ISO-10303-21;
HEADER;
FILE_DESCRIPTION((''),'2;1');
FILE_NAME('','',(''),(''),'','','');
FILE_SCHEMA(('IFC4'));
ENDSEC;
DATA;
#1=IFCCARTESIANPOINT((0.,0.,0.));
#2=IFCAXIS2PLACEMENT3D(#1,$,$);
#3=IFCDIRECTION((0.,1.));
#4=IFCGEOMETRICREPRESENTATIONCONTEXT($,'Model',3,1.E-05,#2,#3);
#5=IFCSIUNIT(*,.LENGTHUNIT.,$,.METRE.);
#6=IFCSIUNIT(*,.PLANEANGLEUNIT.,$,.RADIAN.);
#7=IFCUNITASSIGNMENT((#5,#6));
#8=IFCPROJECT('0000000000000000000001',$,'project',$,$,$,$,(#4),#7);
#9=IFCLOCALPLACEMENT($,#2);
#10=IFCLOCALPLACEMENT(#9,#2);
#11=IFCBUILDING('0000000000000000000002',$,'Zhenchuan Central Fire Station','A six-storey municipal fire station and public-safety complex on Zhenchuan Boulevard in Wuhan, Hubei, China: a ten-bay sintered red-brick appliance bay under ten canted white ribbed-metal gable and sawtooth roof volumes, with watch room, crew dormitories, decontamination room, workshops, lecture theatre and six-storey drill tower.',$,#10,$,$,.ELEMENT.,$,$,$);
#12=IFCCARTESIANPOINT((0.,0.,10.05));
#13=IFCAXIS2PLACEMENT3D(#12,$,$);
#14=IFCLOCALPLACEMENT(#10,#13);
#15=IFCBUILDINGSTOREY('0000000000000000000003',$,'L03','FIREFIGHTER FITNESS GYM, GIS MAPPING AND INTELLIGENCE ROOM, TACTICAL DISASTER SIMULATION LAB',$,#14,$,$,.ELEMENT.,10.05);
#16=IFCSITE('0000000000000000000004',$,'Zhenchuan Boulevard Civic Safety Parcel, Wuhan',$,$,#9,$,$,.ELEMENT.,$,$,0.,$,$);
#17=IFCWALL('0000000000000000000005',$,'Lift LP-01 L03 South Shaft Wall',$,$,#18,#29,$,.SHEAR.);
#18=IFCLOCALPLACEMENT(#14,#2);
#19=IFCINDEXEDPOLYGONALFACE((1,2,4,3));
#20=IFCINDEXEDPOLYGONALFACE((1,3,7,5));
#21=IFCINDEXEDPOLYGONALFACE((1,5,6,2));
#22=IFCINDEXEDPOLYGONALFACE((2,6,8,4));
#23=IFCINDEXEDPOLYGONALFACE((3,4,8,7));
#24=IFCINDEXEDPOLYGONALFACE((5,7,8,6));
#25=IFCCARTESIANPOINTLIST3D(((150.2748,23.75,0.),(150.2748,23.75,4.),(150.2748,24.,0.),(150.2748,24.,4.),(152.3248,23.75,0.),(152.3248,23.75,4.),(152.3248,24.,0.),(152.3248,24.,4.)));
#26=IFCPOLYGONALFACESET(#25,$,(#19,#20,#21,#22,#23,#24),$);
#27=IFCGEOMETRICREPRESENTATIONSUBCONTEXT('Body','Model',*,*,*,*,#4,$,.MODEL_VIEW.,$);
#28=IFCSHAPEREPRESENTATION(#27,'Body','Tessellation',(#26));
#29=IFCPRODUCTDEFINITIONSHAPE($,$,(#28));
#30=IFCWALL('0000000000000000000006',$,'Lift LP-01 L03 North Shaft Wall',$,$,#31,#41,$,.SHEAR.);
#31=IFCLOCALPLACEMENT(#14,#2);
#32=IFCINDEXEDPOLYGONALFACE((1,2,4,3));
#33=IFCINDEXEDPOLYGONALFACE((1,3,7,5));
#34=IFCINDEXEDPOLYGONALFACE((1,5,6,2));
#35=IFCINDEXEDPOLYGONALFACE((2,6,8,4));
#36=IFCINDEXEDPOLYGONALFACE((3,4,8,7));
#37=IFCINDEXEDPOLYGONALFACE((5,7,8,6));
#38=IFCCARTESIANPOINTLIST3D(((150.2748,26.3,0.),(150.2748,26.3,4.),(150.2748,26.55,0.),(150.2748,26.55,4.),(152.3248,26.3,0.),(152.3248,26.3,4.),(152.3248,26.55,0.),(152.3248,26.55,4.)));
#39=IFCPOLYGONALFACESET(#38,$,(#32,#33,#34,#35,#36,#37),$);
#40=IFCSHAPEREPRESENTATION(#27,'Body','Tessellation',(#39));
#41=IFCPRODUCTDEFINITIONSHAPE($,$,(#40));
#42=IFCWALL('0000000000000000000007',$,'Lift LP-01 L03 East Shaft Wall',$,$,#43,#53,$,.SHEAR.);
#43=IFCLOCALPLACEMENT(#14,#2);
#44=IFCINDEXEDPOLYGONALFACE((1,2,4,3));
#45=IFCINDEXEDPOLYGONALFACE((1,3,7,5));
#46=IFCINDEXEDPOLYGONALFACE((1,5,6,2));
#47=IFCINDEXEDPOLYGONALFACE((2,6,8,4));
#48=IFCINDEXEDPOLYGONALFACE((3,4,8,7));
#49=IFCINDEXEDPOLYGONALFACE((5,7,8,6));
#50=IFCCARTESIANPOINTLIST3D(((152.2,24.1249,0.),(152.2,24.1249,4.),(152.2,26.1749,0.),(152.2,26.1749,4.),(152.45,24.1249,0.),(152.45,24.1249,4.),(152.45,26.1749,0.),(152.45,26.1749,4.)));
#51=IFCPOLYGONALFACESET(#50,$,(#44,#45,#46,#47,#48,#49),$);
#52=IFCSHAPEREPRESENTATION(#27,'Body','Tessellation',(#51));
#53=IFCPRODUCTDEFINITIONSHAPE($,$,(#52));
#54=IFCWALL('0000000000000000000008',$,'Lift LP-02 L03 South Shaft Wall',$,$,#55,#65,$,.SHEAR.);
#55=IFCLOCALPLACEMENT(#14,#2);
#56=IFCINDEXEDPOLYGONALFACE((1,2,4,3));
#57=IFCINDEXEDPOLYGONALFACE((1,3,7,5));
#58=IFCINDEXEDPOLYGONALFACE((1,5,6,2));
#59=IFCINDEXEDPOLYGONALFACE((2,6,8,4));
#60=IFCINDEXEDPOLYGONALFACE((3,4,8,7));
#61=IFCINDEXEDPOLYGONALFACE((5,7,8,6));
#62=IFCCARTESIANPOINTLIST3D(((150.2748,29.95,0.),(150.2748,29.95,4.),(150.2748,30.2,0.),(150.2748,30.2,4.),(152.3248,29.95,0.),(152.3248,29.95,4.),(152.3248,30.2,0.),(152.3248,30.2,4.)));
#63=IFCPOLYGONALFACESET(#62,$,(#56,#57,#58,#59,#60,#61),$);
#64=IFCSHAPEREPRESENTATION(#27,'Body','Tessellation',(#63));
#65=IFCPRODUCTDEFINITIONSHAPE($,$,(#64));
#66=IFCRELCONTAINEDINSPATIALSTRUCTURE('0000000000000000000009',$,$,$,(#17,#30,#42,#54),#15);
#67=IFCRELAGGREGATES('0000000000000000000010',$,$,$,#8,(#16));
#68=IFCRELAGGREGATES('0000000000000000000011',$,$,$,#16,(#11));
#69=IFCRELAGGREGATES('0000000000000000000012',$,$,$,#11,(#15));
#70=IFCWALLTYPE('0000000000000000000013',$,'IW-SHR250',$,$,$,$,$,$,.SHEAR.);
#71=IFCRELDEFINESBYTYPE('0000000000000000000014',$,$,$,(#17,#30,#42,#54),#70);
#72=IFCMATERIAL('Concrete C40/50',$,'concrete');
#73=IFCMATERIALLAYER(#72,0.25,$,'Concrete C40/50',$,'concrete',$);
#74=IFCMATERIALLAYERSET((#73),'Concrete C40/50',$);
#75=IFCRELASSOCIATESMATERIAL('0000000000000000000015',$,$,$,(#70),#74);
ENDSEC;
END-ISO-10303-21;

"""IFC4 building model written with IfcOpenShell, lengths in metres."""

from ifc_helpers import new_model, si_unit, direction, frame, frame_2d, origin, place, context, subcontext, project, spatial, rectangle, extrude, material, layer, layer_set, type_object, element, save


model = new_model("IFC4")

# Units and contexts
model_context = context("Model", 3, precision=1e-05, world=origin(), true_north=direction((0.0, 1.0)))
body_context = subcontext(model_context, "Body", "Model", "MODEL_VIEW")
ifc_project = project(units=[si_unit("LENGTHUNIT", "METRE"), si_unit("PLANEANGLEUNIT", "RADIAN")], contexts=[model_context])

# Site, building, storey
site_placement = place(None, origin())
site = spatial("IfcSite", under=ifc_project, at=site_placement, Name="Zhenchuan Boulevard Civic Safety Parcel, Wuhan", CompositionType="ELEMENT", RefElevation=0.0)
building_placement = place(site_placement, origin())
building = spatial("IfcBuilding", under=site, at=building_placement, Name="Zhenchuan Central Fire Station", Description="A six-storey municipal fire station and public-safety complex on Zhenchuan Boulevard in Wuhan, Hubei, China: a ten-bay sintered red-brick appliance bay under ten canted white ribbed-metal gable and sawtooth roof volumes, with watch room, crew dormitories, decontamination room, workshops, lecture theatre and six-storey drill tower.", CompositionType="ELEMENT")
storey_placement = place(building_placement, frame((0.0, 0.0, 10.05)))
storey = spatial("IfcBuildingStorey", under=building, at=storey_placement, Name="L03", Description="FIREFIGHTER FITNESS GYM, GIS MAPPING AND INTELLIGENCE ROOM, TACTICAL DISASTER SIMULATION LAB", CompositionType="ELEMENT", Elevation=10.05)

# Walls
ifc_material_1 = material(Name="Concrete C40/50", Category="concrete")
ifc_layer_1 = layer(ifc_material_1, 0.25, Name="Concrete C40/50", Category="concrete")
ifc_layer_set_1 = layer_set([ifc_layer_1], Name="Concrete C40/50")
wall_type_1 = type_object("IfcWallType", Name="IW-SHR250", PredefinedType="SHEAR", material=ifc_layer_set_1)
for number, where, z_axis, x_axis, name in (
    (1, (150.2749, 23.875, 0.0), (0.0, 0.0, 1.0), (1.0, 0.0, 0.0), "Lift LP-01 L03 South Shaft Wall"),
    (2, (150.2749, 26.425, 0.0), (0.0, 0.0, 1.0), (1.0, 0.0, 0.0), "Lift LP-01 L03 North Shaft Wall"),
):
    element("IfcWall", number, at=place(storey_placement, frame(where, z_axis=z_axis, x_axis=x_axis)), inside=storey, type_object=wall_type_1, Name=name, PredefinedType="SHEAR", context=body_context, shape_type="SweptSolid", body=[
        extrude(rectangle(XDim=2.05, YDim=0.25, at=frame_2d((1.0249, 0.0))), origin(), (0.0, 0.0, 1.0), 4.0),
    ])

# Walls
for number, where, z_axis, x_axis, name in (
    (3, (152.325, 24.125, 0.0), (0.0, 0.0, 1.0), (0.0, 1.0, 0.0), "Lift LP-01 L03 East Shaft Wall"),
    (4, (150.2749, 30.075, 0.0), (0.0, 0.0, 1.0), (1.0, 0.0, 0.0), "Lift LP-02 L03 South Shaft Wall"),
):
    element("IfcWall", number, at=place(storey_placement, frame(where, z_axis=z_axis, x_axis=x_axis)), inside=storey, type_object=wall_type_1, Name=name, PredefinedType="SHEAR", context=body_context, shape_type="SweptSolid", body=[
        extrude(rectangle(XDim=2.05, YDim=0.25, at=frame_2d((1.0249, 0.0))), origin(), (0.0, 0.0, 1.0), 4.0),
    ])

save(model, "model.ifc")
